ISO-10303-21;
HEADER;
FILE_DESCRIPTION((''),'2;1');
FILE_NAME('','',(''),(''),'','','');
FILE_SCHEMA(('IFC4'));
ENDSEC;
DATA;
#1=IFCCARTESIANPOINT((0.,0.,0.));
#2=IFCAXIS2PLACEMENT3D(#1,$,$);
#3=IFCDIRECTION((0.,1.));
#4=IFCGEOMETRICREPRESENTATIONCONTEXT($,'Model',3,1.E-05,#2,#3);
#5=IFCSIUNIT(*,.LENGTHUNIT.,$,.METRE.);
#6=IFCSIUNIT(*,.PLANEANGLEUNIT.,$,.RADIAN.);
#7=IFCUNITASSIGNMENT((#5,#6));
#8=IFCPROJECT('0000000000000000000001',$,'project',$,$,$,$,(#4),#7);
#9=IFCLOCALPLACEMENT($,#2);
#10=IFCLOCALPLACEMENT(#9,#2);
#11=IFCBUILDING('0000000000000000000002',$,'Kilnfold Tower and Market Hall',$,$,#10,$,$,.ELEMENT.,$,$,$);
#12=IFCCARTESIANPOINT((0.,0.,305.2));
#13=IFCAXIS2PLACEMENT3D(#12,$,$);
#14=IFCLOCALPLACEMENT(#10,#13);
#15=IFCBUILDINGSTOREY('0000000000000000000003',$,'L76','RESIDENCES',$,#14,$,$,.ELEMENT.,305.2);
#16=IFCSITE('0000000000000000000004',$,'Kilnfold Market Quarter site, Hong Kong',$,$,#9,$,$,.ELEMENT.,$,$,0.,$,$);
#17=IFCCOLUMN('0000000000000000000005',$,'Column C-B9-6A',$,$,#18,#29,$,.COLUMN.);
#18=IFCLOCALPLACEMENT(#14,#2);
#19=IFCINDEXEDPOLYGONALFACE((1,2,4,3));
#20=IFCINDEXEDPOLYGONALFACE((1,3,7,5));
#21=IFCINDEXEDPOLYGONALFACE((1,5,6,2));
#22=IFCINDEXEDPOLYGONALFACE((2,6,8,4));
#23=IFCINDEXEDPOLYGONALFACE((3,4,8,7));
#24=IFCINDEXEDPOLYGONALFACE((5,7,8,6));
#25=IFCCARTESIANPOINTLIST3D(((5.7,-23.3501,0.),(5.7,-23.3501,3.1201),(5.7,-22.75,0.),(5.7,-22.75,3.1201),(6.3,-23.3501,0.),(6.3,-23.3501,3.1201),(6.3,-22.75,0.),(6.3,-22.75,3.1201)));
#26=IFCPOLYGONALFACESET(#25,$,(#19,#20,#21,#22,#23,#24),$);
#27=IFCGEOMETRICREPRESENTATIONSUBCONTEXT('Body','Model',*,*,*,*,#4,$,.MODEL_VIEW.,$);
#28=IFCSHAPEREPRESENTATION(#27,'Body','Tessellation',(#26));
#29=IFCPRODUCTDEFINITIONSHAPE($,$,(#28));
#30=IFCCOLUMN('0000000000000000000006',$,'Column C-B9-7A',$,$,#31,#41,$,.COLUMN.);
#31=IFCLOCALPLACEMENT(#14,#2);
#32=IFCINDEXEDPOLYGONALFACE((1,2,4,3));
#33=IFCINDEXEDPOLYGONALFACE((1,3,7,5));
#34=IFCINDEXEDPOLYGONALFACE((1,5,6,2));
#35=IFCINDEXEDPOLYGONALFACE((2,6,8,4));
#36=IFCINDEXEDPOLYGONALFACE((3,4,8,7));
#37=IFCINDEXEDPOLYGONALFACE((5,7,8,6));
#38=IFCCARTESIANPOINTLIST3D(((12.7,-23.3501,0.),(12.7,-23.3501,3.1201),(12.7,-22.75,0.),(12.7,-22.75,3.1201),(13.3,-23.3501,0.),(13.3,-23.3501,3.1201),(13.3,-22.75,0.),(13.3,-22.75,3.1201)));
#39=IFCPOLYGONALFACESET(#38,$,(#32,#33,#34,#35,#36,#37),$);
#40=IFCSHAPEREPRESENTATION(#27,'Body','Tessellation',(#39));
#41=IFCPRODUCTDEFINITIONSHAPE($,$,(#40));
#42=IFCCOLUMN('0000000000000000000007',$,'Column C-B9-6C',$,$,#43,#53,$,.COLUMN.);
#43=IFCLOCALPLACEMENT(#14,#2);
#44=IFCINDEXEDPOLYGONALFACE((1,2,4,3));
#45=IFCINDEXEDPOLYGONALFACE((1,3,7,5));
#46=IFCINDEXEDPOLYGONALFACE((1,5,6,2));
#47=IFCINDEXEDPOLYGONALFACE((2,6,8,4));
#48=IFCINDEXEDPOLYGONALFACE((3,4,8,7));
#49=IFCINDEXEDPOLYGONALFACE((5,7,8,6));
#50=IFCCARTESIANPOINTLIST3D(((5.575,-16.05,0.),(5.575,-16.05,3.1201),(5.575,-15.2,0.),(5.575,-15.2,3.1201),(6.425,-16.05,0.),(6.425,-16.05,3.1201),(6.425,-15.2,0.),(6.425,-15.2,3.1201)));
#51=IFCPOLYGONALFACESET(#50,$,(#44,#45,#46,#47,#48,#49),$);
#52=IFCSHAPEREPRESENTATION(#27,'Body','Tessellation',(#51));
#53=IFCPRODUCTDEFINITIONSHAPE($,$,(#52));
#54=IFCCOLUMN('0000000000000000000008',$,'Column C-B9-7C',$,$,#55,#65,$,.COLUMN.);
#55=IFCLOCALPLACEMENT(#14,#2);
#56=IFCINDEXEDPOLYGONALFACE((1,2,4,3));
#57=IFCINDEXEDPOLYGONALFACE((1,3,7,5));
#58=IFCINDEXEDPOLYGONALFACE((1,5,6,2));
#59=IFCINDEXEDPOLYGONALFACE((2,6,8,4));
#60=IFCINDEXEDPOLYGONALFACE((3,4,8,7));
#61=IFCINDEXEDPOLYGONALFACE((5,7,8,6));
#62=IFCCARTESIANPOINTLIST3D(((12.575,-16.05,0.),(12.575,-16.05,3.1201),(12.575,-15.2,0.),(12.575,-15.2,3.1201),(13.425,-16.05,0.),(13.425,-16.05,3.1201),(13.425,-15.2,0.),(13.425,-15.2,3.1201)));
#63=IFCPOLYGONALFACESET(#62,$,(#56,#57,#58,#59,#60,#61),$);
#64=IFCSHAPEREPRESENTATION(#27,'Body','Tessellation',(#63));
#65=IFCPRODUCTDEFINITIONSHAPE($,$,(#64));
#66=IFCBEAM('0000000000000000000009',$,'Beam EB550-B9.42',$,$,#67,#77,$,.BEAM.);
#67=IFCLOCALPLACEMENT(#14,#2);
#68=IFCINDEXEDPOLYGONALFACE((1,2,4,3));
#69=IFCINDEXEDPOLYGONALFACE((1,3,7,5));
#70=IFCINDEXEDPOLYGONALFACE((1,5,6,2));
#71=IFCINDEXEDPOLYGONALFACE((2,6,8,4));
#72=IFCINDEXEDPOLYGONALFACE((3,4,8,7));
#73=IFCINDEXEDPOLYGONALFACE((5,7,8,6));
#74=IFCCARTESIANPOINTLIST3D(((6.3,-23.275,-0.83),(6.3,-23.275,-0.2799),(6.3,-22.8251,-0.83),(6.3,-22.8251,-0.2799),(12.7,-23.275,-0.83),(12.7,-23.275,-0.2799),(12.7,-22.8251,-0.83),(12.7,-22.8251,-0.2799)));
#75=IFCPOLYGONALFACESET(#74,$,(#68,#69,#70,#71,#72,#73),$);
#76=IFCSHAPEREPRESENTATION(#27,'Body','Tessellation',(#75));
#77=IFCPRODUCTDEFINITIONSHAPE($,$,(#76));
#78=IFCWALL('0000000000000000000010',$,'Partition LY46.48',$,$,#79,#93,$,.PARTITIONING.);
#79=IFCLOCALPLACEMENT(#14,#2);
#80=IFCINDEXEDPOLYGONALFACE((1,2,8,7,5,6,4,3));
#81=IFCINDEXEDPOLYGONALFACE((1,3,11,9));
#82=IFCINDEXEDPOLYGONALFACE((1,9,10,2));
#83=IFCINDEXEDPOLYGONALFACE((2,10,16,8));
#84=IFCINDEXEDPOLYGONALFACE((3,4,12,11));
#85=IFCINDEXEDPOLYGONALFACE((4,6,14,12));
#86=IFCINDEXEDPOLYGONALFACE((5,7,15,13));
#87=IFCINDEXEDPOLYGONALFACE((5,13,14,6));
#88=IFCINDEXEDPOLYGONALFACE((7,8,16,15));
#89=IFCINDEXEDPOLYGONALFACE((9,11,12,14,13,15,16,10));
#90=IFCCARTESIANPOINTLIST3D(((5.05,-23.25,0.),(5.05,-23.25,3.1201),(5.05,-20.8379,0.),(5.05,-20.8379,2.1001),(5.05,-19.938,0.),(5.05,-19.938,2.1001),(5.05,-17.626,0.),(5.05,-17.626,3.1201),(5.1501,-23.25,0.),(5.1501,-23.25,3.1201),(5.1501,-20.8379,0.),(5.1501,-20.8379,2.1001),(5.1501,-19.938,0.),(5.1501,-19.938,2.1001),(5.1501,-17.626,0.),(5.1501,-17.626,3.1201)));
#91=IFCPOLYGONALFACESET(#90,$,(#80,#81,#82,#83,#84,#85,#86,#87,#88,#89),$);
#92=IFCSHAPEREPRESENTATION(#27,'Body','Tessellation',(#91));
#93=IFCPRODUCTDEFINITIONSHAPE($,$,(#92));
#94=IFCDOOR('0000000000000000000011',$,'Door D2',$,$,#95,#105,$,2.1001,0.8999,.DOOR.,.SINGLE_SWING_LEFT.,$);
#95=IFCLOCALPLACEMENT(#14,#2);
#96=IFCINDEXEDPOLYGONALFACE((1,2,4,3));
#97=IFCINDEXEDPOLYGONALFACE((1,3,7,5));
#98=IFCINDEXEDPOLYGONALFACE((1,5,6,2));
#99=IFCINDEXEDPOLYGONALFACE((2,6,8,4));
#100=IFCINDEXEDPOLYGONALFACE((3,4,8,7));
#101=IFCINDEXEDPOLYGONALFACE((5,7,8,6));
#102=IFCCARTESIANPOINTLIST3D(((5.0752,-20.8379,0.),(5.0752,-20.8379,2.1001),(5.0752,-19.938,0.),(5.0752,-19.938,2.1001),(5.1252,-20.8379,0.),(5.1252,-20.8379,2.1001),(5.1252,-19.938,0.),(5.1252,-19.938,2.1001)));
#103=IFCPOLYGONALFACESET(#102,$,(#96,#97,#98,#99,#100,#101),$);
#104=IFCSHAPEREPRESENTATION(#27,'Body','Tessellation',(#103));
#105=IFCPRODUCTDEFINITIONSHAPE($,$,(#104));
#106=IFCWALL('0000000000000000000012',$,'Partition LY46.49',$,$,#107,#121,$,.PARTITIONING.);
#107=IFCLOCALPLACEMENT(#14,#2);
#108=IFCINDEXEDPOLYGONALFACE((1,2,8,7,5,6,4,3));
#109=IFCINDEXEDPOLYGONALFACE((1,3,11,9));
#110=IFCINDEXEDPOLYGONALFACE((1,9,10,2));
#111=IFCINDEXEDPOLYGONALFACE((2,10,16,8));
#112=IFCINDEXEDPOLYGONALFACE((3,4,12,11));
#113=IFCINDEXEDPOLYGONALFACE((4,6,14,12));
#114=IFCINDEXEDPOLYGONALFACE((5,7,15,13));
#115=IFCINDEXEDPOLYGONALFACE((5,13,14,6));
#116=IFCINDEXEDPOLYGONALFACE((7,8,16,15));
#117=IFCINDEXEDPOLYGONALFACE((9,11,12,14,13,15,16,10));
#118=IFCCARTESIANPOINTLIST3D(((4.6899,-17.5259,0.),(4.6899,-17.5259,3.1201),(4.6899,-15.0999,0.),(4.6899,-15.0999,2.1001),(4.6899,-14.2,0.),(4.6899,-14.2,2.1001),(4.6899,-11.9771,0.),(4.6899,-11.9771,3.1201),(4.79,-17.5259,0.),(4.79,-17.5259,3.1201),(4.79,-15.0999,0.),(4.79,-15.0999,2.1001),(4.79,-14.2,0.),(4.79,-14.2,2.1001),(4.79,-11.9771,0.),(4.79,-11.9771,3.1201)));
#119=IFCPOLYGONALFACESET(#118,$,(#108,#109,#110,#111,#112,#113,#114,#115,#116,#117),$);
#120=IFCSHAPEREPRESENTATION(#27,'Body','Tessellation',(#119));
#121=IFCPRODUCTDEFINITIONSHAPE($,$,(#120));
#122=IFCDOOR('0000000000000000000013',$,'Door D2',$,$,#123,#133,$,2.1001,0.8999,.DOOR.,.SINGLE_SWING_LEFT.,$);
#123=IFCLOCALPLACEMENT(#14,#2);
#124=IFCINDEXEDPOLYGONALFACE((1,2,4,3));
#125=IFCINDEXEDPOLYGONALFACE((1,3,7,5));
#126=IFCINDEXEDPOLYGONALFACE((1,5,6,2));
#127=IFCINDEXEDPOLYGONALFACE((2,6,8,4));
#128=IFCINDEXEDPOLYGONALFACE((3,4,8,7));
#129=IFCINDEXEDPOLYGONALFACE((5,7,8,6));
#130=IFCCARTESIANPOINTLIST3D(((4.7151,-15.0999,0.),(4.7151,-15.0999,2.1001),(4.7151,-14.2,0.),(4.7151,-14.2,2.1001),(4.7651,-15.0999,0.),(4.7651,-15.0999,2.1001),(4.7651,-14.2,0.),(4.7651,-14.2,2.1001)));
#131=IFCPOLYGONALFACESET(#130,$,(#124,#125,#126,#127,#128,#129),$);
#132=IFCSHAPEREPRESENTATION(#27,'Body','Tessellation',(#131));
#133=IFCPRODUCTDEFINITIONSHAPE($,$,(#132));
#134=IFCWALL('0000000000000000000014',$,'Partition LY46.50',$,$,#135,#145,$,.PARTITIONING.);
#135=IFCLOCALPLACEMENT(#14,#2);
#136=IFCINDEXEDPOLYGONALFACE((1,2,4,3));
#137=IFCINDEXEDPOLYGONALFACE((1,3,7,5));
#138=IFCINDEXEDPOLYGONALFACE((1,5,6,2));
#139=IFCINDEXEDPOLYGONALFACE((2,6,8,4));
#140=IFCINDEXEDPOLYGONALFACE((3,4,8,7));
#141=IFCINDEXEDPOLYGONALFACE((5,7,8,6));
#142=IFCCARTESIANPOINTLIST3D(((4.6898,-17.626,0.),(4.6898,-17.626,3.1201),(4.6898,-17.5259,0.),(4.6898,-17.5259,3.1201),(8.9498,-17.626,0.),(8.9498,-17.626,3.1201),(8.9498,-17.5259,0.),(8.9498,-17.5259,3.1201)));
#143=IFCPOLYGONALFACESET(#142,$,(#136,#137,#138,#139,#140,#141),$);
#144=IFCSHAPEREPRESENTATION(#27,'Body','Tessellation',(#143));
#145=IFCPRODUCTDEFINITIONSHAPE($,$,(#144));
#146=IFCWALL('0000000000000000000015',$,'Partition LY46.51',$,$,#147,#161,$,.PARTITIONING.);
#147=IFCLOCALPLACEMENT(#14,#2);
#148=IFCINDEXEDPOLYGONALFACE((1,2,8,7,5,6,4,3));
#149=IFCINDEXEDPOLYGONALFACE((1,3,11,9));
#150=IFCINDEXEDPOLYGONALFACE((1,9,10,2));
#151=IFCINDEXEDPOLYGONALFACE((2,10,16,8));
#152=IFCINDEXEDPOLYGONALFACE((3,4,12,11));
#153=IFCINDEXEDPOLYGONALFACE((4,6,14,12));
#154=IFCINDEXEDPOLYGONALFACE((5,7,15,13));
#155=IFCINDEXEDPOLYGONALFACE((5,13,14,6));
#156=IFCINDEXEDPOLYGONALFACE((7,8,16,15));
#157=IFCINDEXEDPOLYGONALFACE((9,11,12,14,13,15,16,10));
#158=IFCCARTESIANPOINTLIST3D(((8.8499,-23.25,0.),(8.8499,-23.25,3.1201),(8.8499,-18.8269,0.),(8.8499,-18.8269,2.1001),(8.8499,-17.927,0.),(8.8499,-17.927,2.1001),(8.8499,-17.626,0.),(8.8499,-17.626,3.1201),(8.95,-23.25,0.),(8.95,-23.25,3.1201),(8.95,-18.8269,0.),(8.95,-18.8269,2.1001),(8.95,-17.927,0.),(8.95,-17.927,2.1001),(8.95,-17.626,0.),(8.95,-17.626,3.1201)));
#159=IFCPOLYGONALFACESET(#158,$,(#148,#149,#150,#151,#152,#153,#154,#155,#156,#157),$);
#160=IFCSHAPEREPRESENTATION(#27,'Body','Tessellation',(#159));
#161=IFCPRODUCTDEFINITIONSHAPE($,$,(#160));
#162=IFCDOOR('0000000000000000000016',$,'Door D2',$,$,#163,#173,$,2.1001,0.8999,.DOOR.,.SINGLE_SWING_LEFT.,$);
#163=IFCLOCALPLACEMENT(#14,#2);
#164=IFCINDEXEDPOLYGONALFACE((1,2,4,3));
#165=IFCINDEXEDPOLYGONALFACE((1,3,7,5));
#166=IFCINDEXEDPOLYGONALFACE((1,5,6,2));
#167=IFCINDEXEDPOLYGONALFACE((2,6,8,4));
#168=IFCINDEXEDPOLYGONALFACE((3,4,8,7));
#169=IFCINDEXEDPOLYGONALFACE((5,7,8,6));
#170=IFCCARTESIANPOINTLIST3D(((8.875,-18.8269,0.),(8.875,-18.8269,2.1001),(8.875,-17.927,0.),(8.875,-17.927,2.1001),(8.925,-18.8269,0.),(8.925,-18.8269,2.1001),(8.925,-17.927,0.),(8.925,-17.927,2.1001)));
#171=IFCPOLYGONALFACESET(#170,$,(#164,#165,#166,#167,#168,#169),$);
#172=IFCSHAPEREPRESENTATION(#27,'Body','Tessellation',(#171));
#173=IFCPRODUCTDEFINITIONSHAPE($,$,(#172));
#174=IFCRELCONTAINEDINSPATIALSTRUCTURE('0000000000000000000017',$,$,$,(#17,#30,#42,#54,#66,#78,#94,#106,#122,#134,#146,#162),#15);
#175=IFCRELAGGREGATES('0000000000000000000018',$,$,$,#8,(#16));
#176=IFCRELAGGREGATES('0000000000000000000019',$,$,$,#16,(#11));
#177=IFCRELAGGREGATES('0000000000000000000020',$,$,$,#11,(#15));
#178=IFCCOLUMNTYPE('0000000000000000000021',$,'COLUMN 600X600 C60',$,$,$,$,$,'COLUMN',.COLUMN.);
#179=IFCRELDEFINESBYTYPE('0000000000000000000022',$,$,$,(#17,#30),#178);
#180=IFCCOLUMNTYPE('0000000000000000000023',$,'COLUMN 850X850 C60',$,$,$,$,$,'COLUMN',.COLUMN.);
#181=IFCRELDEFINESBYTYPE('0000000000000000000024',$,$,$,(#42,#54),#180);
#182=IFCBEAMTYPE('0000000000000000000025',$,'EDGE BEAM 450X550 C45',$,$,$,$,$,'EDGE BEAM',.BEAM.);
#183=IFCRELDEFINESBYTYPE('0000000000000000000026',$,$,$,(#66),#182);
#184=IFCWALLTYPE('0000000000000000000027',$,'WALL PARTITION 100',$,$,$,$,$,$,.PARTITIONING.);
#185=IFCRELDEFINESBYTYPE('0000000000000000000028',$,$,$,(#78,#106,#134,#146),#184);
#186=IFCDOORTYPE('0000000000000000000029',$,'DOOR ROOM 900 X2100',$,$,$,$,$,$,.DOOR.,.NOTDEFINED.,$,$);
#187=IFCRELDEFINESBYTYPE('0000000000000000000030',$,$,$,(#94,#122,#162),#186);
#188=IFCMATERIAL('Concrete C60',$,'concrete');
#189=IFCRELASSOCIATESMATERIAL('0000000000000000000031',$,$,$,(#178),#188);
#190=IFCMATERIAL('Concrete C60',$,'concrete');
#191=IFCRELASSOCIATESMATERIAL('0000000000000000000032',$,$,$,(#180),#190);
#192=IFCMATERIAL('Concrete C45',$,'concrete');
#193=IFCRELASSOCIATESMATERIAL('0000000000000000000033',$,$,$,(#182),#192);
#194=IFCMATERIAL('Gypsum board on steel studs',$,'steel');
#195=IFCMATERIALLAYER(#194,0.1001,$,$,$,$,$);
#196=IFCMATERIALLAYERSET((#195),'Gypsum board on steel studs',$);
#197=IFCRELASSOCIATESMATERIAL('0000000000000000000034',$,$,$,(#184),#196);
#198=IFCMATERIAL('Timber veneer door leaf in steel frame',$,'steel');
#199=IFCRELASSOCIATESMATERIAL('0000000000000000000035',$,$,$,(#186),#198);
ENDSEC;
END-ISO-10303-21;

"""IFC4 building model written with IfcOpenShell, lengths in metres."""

from ifc_helpers import new_model, si_unit, direction, frame, frame_2d, origin, origin_2d, place, context, subcontext, project, spatial, rectangle, extrude, source, transform, mapped, material, layer, layer_set, material_profile, profile_set, type_object, element, fill, save


model = new_model("IFC4")

# Units and contexts
model_context = context("Model", 3, precision=1e-05, world=origin(), true_north=direction((0.0, 1.0)))
body_context = subcontext(model_context, "Body", "Model", "MODEL_VIEW")
ifc_project = project(units=[si_unit("LENGTHUNIT", "METRE"), si_unit("PLANEANGLEUNIT", "RADIAN")], contexts=[model_context])

# Site, building, storey
site_placement = place(None, origin())
site = spatial("IfcSite", under=ifc_project, at=site_placement, Name="Kilnfold Market Quarter site, Hong Kong", CompositionType="ELEMENT", RefElevation=0.0)
building_placement = place(site_placement, origin())
building = spatial("IfcBuilding", under=site, at=building_placement, Name="Kilnfold Tower and Market Hall", CompositionType="ELEMENT")
storey_placement = place(building_placement, frame((0.0, 0.0, 305.2)))
storey = spatial("IfcBuildingStorey", under=building, at=storey_placement, Name="L76", Description="RESIDENCES", CompositionType="ELEMENT", Elevation=305.2)

# Columns
ifc_material_1 = material(Name="Concrete C60", Category="concrete")
ifc_material_profile_1 = material_profile(ifc_material_1, rectangle(XDim=0.6001, YDim=0.6001, at=origin_2d()), Name="RC 600x600")
ifc_profile_set_1 = profile_set([ifc_material_profile_1], Name="Concrete C60")
column_type_1 = type_object("IfcColumnType", Name="COLUMN 600X600 C60", ElementType="COLUMN", PredefinedType="COLUMN", material=ifc_profile_set_1)
shared_shape_1 = source(origin(), body_context, "Body", "SweptSolid", [
    extrude(rectangle(XDim=0.6001, YDim=0.6001, at=origin_2d()), origin(), (0.0, 0.0, 1.0), 3.1201),
])
for number, where, z_axis, x_axis, name in (
    (1, (6.0, -23.05, 0.0), (0.0, 0.0, 1.0), (1.0, 0.0, 0.0), "Column C-B9-6A"),
    (2, (13.0, -23.05, 0.0), (0.0, 0.0, 1.0), (1.0, 0.0, 0.0), "Column C-B9-7A"),
):
    element("IfcColumn", number, at=place(storey_placement, frame(where, z_axis=z_axis, x_axis=x_axis)), inside=storey, type_object=column_type_1, Name=name, PredefinedType="COLUMN", context=body_context, shape_type="MappedRepresentation", body=[
        mapped(shared_shape_1, transform((0.0, 0.0, 0.0))),
    ])
ifc_material_2 = material(Name="Concrete C60", Category="concrete")
ifc_material_profile_2 = material_profile(ifc_material_2, rectangle(XDim=0.8501, YDim=0.8501, at=origin_2d()), Name="RC 850x850")
ifc_profile_set_2 = profile_set([ifc_material_profile_2], Name="Concrete C60")
column_type_2 = type_object("IfcColumnType", Name="COLUMN 850X850 C60", ElementType="COLUMN", PredefinedType="COLUMN", material=ifc_profile_set_2)
shared_shape_2 = source(origin(), body_context, "Body", "SweptSolid", [
    extrude(rectangle(XDim=0.8501, YDim=0.8501, at=origin_2d()), origin(), (0.0, 0.0, 1.0), 3.1201),
])
for number, where, z_axis, x_axis, name in (
    (3, (6.0, -15.625, 0.0), (0.0, 0.0, 1.0), (1.0, 0.0, 0.0), "Column C-B9-6C"),
    (4, (13.0, -15.625, 0.0), (0.0, 0.0, 1.0), (1.0, 0.0, 0.0), "Column C-B9-7C"),
):
    element("IfcColumn", number, at=place(storey_placement, frame(where, z_axis=z_axis, x_axis=x_axis)), inside=storey, type_object=column_type_2, Name=name, PredefinedType="COLUMN", context=body_context, shape_type="MappedRepresentation", body=[
        mapped(shared_shape_2, transform((0.0, 0.0, 0.0))),
    ])

# Beam
ifc_material_3 = material(Name="Concrete C45", Category="concrete")
ifc_material_profile_3 = material_profile(ifc_material_3, rectangle(XDim=0.45, YDim=0.55, at=origin_2d()), Name="RC 450x550")
ifc_profile_set_3 = profile_set([ifc_material_profile_3], Name="Concrete C45")
beam_type = type_object("IfcBeamType", Name="EDGE BEAM 450X550 C45", ElementType="EDGE BEAM", PredefinedType="BEAM", material=ifc_profile_set_3)
shared_shape_3 = source(origin(), body_context, "Body", "SweptSolid", [
    extrude(rectangle(XDim=0.45, YDim=0.55, at=origin_2d()), origin(), (0.0, 0.0, 1.0), 6.3999),
])
beam_placement = place(storey_placement, frame((6.3, -23.05, -0.5549), z_axis=(1.0, 0.0, 0.0), x_axis=(0.0, 1.0, 0.0)))
element("IfcBeam", 5, at=beam_placement, inside=storey, type_object=beam_type, Name="Beam EB550-B9.42", PredefinedType="BEAM", context=body_context, shape_type="MappedRepresentation", body=[
    mapped(shared_shape_3, transform((0.0, 0.0, 0.0))),
])

# Walls, openings, doors
ifc_material_4 = material(Name="Gypsum board on steel studs", Category="steel")
ifc_layer_1 = layer(ifc_material_4, 0.1001)
ifc_layer_set_1 = layer_set([ifc_layer_1], Name="Gypsum board on steel studs")
wall_type_1 = type_object("IfcWallType", Name="WALL PARTITION 100", PredefinedType="PARTITIONING", material=ifc_layer_set_1)
wall_1_placement = place(storey_placement, frame((5.1001, -23.25, 0.0), z_axis=(0.0, 0.0, 1.0), x_axis=(0.0, 1.0, 0.0)))
wall_1 = element("IfcWall", 6, at=wall_1_placement, inside=storey, type_object=wall_type_1, Name="Partition LY46.48", PredefinedType="PARTITIONING", context=body_context, shape_type="SweptSolid", body=[
    extrude(rectangle(XDim=5.624, YDim=0.1001, at=frame_2d((2.812, 0.0))), origin(), (0.0, 0.0, 1.0), 3.1201),
])
opening_1_placement = place(wall_1_placement, frame((2.4121, 0.0, 0.0)))
opening_1 = element("IfcOpeningElement", 7, at=opening_1_placement, cuts=wall_1, PredefinedType="OPENING", context=body_context, shape_type="SweptSolid", body=[
    extrude(rectangle(XDim=0.8999, YDim=2.1001, at=frame_2d((0.45, 1.05))), frame((0.0, 0.0601, 0.0), z_axis=(0.0, -1.0, 0.0), x_axis=(1.0, 0.0, 0.0)), (0.0, 0.0, 1.0), 0.1201),
])
ifc_material_5 = material(Name="Timber veneer door leaf in steel frame", Category="steel")
door_type_1 = type_object("IfcDoorType", Name="DOOR ROOM 900 X2100", OperationType="NOTDEFINED", PredefinedType="DOOR", material=ifc_material_5)
door_1_placement = place(opening_1_placement, origin())
door_1 = element("IfcDoor", 8, at=door_1_placement, inside=storey, type_object=door_type_1, Name="Door D2", OperationType="SINGLE_SWING_LEFT", OverallHeight=2.1001, OverallWidth=0.8999, PredefinedType="DOOR", context=body_context, shape_type="SweptSolid", body=[
    extrude(rectangle(XDim=0.8999, YDim=2.1001, at=frame_2d((0.45, 1.05))), frame((0.0, 0.0249, 0.0), z_axis=(0.0, -1.0, 0.0), x_axis=(1.0, 0.0, 0.0)), (0.0, 0.0, 1.0), 0.05),
])
fill(opening_1, door_1)
wall_2_placement = place(storey_placement, frame((4.74, -17.5259, 0.0), z_axis=(0.0, 0.0, 1.0), x_axis=(0.0, 1.0, 0.0)))
wall_2 = element("IfcWall", 9, at=wall_2_placement, inside=storey, type_object=wall_type_1, Name="Partition LY46.49", PredefinedType="PARTITIONING", context=body_context, shape_type="SweptSolid", body=[
    extrude(rectangle(XDim=5.5488, YDim=0.1001, at=frame_2d((2.7744, 0.0))), origin(), (0.0, 0.0, 1.0), 3.1201),
])
opening_2_placement = place(wall_2_placement, frame((2.426, 0.0, 0.0)))
opening_2 = element("IfcOpeningElement", 10, at=opening_2_placement, cuts=wall_2, PredefinedType="OPENING", context=body_context, shape_type="SweptSolid", body=[
    extrude(rectangle(XDim=0.8999, YDim=2.1001, at=frame_2d((0.45, 1.05))), frame((0.0, 0.0601, 0.0), z_axis=(0.0, -1.0, 0.0), x_axis=(1.0, 0.0, 0.0)), (0.0, 0.0, 1.0), 0.1201),
])
door_2_placement = place(opening_2_placement, origin())
door_2 = element("IfcDoor", 11, at=door_2_placement, inside=storey, type_object=door_type_1, Name="Door D2", OperationType="SINGLE_SWING_LEFT", OverallHeight=2.1001, OverallWidth=0.8999, PredefinedType="DOOR", context=body_context, shape_type="SweptSolid", body=[
    extrude(rectangle(XDim=0.8999, YDim=2.1001, at=frame_2d((0.45, 1.05))), frame((0.0, 0.0249, 0.0), z_axis=(0.0, -1.0, 0.0), x_axis=(1.0, 0.0, 0.0)), (0.0, 0.0, 1.0), 0.05),
])
fill(opening_2, door_2)

# Wall
wall_3_placement = place(storey_placement, frame((4.6899, -17.5759, 0.0), z_axis=(0.0, 0.0, 1.0), x_axis=(1.0, 0.0, 0.0)))
element("IfcWall", 12, at=wall_3_placement, inside=storey, type_object=wall_type_1, Name="Partition LY46.50", PredefinedType="PARTITIONING", context=body_context, shape_type="SweptSolid", body=[
    extrude(rectangle(XDim=4.26, YDim=0.1001, at=frame_2d((2.1299, 0.0))), origin(), (0.0, 0.0, 1.0), 3.1201),
])

# Wall, opening, door
wall_4_placement = place(storey_placement, frame((8.8999, -23.25, 0.0), z_axis=(0.0, 0.0, 1.0), x_axis=(0.0, 1.0, 0.0)))
wall_4 = element("IfcWall", 13, at=wall_4_placement, inside=storey, type_object=wall_type_1, Name="Partition LY46.51", PredefinedType="PARTITIONING", context=body_context, shape_type="SweptSolid", body=[
    extrude(rectangle(XDim=5.624, YDim=0.1001, at=frame_2d((2.812, 0.0))), origin(), (0.0, 0.0, 1.0), 3.1201),
])
opening_3_placement = place(wall_4_placement, frame((4.4231, 0.0, 0.0)))
opening_3 = element("IfcOpeningElement", 14, at=opening_3_placement, cuts=wall_4, PredefinedType="OPENING", context=body_context, shape_type="SweptSolid", body=[
    extrude(rectangle(XDim=0.8999, YDim=2.1001, at=frame_2d((0.45, 1.05))), frame((0.0, 0.0601, 0.0), z_axis=(0.0, -1.0, 0.0), x_axis=(1.0, 0.0, 0.0)), (0.0, 0.0, 1.0), 0.1201),
])
door_3_placement = place(opening_3_placement, origin())
door_3 = element("IfcDoor", 15, at=door_3_placement, inside=storey, type_object=door_type_1, Name="Door D2", OperationType="SINGLE_SWING_LEFT", OverallHeight=2.1001, OverallWidth=0.8999, PredefinedType="DOOR", context=body_context, shape_type="SweptSolid", body=[
    extrude(rectangle(XDim=0.8999, YDim=2.1001, at=frame_2d((0.45, 1.05))), frame((0.0, 0.0249, 0.0), z_axis=(0.0, -1.0, 0.0), x_axis=(1.0, 0.0, 0.0)), (0.0, 0.0, 1.0), 0.05),
])
fill(opening_3, door_3)

save(model, "model.ifc")
